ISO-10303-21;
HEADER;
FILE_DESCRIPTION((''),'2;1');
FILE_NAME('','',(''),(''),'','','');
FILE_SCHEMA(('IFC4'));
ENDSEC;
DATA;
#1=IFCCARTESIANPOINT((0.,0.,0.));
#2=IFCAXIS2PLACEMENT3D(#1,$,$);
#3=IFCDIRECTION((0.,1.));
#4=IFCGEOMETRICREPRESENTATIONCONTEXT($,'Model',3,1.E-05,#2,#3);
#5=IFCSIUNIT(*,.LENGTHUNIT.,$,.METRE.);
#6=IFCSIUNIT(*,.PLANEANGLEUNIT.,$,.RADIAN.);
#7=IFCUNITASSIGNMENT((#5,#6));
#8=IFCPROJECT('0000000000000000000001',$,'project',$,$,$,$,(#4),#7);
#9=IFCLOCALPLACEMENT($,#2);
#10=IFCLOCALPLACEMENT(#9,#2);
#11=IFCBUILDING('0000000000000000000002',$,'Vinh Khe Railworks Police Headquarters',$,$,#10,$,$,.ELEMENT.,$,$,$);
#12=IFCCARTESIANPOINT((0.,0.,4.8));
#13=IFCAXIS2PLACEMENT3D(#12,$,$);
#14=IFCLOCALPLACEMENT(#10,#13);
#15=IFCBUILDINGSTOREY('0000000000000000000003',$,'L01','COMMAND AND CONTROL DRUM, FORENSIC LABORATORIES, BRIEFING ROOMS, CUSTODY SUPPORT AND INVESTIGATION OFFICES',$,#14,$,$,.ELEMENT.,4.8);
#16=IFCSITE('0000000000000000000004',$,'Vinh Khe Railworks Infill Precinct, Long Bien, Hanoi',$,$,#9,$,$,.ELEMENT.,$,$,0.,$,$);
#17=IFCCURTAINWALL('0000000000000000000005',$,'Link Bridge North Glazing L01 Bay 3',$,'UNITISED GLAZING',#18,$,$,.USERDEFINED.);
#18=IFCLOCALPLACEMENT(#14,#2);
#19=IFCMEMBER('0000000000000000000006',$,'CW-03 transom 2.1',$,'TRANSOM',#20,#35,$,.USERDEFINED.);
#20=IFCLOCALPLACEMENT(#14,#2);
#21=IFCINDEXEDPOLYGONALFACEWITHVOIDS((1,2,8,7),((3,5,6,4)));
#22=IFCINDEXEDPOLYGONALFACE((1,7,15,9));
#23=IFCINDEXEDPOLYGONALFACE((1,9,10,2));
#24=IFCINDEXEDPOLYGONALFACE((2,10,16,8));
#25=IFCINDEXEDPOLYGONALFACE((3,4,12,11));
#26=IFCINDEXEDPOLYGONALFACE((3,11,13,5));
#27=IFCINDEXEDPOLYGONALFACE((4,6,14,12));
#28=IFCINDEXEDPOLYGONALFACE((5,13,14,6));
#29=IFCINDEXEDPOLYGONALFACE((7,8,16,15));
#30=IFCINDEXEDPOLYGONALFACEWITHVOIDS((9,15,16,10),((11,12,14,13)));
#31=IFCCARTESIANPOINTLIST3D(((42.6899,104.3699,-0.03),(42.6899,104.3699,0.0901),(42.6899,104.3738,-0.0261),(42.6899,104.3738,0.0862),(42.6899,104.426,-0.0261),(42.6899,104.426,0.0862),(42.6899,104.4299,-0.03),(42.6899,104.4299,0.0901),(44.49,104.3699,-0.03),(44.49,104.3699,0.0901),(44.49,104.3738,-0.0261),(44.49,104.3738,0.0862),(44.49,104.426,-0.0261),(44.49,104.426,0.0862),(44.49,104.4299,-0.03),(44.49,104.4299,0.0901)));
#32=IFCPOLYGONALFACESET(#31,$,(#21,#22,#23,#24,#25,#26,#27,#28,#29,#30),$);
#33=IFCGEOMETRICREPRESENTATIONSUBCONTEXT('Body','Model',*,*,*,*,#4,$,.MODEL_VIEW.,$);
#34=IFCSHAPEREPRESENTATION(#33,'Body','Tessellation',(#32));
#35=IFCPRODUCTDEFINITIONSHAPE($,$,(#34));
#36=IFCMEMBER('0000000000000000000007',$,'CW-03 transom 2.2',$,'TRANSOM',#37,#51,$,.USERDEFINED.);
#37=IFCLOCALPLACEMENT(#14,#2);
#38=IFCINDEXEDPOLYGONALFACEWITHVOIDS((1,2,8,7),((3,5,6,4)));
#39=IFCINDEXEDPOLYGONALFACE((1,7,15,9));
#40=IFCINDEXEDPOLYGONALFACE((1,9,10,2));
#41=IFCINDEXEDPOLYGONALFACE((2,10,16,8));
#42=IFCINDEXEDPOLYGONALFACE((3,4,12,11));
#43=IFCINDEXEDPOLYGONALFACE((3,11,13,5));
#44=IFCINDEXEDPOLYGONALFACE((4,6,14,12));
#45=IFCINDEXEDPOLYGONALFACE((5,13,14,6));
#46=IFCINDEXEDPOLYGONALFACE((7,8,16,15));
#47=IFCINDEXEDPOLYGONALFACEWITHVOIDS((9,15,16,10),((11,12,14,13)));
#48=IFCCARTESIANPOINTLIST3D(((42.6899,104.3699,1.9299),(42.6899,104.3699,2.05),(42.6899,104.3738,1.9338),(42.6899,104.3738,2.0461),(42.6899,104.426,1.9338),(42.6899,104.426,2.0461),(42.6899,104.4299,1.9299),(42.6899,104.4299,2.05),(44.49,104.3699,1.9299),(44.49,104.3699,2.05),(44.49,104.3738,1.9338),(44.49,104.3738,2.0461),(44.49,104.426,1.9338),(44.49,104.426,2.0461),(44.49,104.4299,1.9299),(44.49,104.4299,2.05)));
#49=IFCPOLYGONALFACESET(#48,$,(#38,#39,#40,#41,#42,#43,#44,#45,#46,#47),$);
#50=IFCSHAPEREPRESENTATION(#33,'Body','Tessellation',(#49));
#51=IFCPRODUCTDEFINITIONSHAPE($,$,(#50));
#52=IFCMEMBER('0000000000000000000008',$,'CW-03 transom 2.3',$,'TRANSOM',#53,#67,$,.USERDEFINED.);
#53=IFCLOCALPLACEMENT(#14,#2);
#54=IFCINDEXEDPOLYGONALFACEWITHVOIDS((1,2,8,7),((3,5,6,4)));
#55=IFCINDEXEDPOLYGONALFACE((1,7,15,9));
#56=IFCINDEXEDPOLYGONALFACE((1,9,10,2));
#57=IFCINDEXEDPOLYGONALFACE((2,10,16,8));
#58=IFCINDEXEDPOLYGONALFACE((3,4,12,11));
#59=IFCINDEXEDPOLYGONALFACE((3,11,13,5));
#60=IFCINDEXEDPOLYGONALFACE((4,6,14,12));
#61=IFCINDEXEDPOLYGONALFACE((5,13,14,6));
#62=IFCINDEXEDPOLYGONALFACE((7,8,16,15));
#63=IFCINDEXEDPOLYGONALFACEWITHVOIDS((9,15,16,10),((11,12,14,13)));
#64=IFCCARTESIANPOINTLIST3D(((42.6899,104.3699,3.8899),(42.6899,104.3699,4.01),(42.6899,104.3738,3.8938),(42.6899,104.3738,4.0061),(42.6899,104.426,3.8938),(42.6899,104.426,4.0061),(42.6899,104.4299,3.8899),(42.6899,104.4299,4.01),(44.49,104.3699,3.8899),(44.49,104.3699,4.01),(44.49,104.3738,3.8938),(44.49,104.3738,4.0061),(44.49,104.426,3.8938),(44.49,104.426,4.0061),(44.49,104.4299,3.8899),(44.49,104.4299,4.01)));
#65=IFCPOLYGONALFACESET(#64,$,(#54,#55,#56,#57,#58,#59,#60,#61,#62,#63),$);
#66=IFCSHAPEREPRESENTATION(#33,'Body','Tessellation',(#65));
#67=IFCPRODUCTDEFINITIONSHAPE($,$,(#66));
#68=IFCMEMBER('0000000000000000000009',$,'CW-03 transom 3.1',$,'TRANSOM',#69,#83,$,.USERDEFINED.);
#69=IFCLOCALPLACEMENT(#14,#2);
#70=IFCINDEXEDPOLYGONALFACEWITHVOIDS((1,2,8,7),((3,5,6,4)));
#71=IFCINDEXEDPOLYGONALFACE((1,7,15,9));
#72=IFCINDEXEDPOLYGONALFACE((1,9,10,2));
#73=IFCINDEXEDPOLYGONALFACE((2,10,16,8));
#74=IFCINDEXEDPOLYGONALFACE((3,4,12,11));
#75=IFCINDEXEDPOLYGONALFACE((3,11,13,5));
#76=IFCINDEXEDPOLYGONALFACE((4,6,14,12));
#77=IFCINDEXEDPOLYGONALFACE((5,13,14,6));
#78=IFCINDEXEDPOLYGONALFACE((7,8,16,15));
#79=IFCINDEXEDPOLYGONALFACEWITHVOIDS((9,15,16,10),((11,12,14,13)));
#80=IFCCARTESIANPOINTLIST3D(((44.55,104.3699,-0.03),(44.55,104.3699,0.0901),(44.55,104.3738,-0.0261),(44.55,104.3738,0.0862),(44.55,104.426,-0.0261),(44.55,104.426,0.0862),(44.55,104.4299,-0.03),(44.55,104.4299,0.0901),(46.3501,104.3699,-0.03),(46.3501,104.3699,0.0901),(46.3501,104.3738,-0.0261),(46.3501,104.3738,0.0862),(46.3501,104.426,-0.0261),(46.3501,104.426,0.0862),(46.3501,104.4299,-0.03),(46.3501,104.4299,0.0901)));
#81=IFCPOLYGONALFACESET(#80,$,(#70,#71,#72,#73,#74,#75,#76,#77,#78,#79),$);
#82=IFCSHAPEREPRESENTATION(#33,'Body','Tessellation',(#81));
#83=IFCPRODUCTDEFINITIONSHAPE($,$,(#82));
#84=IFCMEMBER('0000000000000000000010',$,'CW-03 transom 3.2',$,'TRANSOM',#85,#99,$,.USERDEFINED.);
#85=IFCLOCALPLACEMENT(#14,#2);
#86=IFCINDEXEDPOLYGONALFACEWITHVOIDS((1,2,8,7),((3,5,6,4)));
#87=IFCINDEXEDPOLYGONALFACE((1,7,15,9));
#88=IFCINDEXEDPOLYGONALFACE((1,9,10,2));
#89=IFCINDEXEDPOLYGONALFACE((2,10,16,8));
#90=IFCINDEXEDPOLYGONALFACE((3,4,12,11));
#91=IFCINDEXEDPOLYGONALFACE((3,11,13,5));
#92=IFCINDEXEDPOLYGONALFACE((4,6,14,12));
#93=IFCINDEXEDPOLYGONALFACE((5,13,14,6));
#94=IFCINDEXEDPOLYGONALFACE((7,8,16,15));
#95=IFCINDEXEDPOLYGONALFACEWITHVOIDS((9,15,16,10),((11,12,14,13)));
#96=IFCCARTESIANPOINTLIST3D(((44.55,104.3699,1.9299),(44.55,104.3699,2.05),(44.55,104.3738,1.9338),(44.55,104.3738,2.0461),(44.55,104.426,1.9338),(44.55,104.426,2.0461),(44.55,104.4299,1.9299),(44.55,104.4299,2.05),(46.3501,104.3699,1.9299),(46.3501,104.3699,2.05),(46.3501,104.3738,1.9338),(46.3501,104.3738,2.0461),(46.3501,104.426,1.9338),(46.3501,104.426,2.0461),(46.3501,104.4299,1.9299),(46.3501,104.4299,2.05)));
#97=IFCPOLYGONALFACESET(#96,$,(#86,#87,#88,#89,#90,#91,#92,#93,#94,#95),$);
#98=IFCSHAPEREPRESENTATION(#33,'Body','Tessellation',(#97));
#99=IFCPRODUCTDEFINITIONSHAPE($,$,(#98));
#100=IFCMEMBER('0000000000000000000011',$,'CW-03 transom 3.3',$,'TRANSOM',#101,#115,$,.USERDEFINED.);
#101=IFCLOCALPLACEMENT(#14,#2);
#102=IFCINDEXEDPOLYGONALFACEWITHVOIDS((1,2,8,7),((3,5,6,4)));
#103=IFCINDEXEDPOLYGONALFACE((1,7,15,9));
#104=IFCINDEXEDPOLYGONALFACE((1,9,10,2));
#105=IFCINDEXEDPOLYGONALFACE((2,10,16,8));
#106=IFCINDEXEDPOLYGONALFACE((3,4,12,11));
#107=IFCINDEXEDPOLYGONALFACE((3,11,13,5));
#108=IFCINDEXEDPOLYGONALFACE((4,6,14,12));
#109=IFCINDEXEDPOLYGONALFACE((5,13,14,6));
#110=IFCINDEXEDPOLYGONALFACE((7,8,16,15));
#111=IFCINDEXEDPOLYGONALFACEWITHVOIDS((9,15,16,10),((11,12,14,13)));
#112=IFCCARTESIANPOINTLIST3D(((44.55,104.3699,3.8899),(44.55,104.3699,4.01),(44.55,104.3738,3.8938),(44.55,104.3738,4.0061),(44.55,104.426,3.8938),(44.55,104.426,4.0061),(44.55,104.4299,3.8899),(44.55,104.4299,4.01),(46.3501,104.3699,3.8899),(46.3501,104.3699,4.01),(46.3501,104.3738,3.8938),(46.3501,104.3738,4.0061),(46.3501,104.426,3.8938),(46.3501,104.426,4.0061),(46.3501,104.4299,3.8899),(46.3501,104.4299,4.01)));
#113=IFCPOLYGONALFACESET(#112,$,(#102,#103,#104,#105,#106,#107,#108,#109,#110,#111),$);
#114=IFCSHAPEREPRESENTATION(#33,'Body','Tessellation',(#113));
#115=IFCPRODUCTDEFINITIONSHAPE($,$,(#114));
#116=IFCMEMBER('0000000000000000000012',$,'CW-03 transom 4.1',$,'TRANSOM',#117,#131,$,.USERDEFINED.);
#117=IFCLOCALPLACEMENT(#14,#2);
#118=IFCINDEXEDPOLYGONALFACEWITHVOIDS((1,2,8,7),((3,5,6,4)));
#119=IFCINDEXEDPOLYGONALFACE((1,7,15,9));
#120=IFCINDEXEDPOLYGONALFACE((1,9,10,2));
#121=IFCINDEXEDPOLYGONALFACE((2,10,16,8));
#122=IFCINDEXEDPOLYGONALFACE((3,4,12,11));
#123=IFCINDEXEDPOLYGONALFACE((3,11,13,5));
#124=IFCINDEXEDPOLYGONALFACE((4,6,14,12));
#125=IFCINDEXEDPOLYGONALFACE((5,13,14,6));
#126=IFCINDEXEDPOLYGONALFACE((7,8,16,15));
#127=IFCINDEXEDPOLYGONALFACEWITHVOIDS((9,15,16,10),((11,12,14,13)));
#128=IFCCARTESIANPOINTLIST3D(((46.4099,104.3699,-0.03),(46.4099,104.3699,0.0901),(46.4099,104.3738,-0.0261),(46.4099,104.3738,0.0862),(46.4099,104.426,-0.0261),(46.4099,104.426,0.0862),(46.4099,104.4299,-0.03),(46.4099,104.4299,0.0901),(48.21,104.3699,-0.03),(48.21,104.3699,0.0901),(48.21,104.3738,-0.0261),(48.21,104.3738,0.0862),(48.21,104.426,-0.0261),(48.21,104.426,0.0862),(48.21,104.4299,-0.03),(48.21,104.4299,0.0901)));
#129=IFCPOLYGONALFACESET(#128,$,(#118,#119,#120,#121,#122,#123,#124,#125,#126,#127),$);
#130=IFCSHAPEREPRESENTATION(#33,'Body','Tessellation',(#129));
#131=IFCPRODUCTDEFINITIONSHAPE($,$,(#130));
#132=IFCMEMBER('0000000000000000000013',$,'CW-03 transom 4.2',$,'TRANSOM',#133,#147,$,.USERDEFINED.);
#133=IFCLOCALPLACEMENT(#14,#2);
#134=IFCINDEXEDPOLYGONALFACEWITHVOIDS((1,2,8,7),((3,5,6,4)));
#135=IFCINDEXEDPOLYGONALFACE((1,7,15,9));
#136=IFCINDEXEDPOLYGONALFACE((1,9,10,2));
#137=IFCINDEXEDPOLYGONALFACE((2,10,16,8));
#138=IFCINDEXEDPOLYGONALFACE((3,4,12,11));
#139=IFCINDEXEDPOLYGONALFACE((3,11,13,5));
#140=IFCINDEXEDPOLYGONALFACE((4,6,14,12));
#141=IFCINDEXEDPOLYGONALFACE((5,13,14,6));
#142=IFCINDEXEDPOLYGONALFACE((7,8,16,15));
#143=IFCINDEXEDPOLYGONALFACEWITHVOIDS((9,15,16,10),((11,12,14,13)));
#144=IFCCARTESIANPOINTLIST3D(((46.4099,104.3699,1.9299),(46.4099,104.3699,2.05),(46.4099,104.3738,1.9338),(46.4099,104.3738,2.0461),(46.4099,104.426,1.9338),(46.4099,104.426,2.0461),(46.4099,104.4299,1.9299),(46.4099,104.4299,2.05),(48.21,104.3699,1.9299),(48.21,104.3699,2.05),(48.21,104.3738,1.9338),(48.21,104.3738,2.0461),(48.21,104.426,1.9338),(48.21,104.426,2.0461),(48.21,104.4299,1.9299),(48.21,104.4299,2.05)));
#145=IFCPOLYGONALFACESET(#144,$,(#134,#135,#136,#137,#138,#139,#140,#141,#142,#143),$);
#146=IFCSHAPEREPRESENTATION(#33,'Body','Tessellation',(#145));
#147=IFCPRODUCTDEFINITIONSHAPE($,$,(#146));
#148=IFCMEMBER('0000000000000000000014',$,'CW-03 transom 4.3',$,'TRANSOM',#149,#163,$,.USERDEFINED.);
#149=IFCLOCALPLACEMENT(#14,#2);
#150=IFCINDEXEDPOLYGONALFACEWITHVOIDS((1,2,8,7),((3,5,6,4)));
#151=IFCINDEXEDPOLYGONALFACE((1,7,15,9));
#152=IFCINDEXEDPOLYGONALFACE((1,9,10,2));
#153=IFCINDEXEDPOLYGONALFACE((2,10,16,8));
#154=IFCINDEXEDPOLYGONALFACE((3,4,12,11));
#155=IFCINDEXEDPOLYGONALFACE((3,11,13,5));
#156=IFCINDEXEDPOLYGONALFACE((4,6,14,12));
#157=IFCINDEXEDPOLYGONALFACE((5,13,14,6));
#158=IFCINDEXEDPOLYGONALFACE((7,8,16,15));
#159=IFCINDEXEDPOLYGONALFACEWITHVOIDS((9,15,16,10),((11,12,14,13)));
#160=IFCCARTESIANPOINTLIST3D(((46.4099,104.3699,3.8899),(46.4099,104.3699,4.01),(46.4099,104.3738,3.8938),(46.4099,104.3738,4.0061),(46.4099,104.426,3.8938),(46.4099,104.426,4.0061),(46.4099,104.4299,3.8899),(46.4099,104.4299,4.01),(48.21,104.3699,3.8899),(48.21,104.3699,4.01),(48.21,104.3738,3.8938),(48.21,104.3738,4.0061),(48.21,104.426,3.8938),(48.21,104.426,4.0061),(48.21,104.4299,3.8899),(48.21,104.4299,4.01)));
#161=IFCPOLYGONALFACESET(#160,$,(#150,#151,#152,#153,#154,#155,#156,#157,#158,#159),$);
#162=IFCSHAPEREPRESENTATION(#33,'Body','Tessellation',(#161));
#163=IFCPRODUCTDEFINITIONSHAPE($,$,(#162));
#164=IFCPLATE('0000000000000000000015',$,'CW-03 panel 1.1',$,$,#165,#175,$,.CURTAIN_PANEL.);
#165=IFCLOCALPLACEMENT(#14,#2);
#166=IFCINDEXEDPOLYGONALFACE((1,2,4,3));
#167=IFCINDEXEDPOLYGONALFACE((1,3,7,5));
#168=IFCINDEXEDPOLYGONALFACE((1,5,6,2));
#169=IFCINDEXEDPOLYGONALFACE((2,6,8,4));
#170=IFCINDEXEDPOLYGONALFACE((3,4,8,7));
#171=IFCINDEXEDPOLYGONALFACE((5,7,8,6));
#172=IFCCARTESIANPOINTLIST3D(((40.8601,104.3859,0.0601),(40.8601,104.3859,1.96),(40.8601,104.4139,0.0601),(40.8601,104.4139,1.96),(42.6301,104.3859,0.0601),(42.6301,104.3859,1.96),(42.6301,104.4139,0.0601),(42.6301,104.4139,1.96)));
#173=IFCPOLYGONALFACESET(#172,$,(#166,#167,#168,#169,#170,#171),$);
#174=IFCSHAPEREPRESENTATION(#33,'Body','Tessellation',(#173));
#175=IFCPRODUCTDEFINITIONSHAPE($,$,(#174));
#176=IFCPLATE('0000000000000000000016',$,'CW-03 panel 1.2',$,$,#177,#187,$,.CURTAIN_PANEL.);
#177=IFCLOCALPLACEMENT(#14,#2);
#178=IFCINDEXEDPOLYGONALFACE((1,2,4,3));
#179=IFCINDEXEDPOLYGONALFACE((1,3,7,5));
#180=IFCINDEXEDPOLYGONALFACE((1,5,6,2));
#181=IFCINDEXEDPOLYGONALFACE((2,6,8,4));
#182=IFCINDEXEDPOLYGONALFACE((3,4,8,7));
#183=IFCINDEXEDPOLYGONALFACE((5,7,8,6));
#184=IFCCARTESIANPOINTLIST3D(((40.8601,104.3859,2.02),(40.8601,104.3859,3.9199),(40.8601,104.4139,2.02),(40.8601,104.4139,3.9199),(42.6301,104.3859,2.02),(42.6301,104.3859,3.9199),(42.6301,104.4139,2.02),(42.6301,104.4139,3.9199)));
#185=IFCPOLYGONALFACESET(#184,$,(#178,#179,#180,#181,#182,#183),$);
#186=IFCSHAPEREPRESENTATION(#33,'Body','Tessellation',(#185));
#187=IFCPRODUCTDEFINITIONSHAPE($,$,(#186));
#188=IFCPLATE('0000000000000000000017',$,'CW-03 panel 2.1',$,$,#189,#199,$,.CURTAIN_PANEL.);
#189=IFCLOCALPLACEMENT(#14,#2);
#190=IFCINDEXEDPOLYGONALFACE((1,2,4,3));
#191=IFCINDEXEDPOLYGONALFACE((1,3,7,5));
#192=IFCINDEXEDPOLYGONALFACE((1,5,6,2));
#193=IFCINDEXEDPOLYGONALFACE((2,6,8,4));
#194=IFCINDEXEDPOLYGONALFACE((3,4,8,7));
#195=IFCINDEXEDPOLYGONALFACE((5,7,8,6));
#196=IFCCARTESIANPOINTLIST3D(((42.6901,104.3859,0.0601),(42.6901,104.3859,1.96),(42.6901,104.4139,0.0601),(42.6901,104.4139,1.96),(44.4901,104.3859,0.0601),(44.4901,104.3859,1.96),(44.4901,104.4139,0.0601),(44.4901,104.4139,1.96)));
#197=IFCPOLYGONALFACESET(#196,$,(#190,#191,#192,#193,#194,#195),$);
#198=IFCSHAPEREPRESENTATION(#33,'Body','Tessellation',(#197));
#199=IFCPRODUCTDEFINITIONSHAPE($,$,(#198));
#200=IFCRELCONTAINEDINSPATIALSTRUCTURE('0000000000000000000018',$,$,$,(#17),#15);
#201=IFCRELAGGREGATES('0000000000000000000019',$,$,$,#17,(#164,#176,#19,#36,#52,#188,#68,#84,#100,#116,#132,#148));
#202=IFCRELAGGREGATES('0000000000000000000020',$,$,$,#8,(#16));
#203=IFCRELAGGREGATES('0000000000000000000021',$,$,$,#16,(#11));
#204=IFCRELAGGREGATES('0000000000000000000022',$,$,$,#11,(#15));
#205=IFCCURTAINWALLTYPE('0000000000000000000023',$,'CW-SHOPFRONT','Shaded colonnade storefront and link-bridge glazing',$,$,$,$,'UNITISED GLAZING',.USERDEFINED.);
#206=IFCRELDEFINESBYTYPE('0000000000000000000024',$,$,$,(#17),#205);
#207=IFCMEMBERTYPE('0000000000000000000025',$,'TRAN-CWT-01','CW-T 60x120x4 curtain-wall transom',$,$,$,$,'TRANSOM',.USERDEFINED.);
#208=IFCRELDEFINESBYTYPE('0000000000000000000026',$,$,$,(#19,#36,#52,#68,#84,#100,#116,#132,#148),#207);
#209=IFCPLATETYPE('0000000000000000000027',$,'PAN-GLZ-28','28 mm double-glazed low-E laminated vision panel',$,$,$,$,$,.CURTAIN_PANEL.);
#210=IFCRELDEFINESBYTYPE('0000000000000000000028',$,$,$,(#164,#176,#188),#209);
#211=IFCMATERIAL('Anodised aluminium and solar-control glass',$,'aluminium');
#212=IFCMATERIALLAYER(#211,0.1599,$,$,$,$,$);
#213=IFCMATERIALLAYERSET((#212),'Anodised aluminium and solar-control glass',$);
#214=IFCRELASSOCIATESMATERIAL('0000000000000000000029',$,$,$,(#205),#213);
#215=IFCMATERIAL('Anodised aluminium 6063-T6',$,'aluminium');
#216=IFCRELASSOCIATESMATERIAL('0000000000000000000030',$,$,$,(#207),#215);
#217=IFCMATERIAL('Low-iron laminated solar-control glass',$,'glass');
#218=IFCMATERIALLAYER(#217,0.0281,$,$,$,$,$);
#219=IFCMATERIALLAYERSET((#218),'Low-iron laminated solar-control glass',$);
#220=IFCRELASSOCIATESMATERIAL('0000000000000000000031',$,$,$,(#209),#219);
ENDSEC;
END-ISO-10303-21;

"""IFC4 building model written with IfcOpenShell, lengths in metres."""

from ifc_helpers import new_model, si_unit, direction, frame, origin, origin_2d, place, context, subcontext, project, spatial, rectangle, hollow_rectangle, extrude, material, layer, layer_set, material_profile, profile_set, type_object, element, aggregate, save


model = new_model("IFC4")

# Units and contexts
model_context = context("Model", 3, precision=1e-05, world=origin(), true_north=direction((0.0, 1.0)))
body_context = subcontext(model_context, "Body", "Model", "MODEL_VIEW")
ifc_project = project(units=[si_unit("LENGTHUNIT", "METRE"), si_unit("PLANEANGLEUNIT", "RADIAN")], contexts=[model_context])

# Site, building, storey
site_placement = place(None, origin())
site = spatial("IfcSite", under=ifc_project, at=site_placement, Name="Vinh Khe Railworks Infill Precinct, Long Bien, Hanoi", CompositionType="ELEMENT", RefElevation=0.0)
building_placement = place(site_placement, origin())
building = spatial("IfcBuilding", under=site, at=building_placement, Name="Vinh Khe Railworks Police Headquarters", CompositionType="ELEMENT")
storey_placement = place(building_placement, frame((0.0, 0.0, 4.8)))
storey = spatial("IfcBuildingStorey", under=building, at=storey_placement, Name="L01", Description="COMMAND AND CONTROL DRUM, FORENSIC LABORATORIES, BRIEFING ROOMS, CUSTODY SUPPORT AND INVESTIGATION OFFICES", CompositionType="ELEMENT", Elevation=4.8)

# Curtain wall
ifc_material_1 = material(Name="Anodised aluminium and solar-control glass", Category="aluminium")
ifc_layer_1 = layer(ifc_material_1, 0.1599)
ifc_layer_set_1 = layer_set([ifc_layer_1], Name="Anodised aluminium and solar-control glass")
curtain_wall_type = type_object("IfcCurtainWallType", Name="CW-SHOPFRONT", Description="Shaded colonnade storefront and link-bridge glazing", ElementType="UNITISED GLAZING", PredefinedType="USERDEFINED", material=ifc_layer_set_1)
curtain_wall_placement = place(storey_placement, origin())
curtain_wall = element("IfcCurtainWall", 1, at=curtain_wall_placement, inside=storey, type_object=curtain_wall_type, Name="Link Bridge North Glazing L01 Bay 3", ObjectType="UNITISED GLAZING", PredefinedType="USERDEFINED")
ifc_material_2 = material(Name="Anodised aluminium 6063-T6", Category="aluminium")

# Members
ifc_material_profile_1 = material_profile(ifc_material_2, hollow_rectangle(XDim=0.0601, YDim=0.1201, WallThickness=0.0039, at=origin_2d()), Name="CW-T 60x120x4")
ifc_profile_set_1 = profile_set([ifc_material_profile_1], Name="Anodised aluminium 6063-T6")
member_type_1 = type_object("IfcMemberType", Name="TRAN-CWT-01", Description="CW-T 60x120x4 curtain-wall transom", ElementType="TRANSOM", PredefinedType="USERDEFINED", material=ifc_profile_set_1)
member_1_placement = place(storey_placement, frame((42.6899, 104.3999, 0.03), z_axis=(1.0, 0.0, 0.0), x_axis=(0.0, 1.0, 0.0)))
member_1 = element("IfcMember", 2, at=member_1_placement, type_object=member_type_1, Name="CW-03 transom 2.1", ObjectType="TRANSOM", PredefinedType="USERDEFINED", context=body_context, shape_type="SweptSolid", body=[
    extrude(hollow_rectangle(XDim=0.0601, YDim=0.1201, WallThickness=0.0039, at=origin_2d()), origin(), (0.0, 0.0, 1.0), 1.8),
])
member_2_placement = place(storey_placement, frame((42.6899, 104.3999, 1.99), z_axis=(1.0, 0.0, 0.0), x_axis=(0.0, 1.0, 0.0)))
member_2 = element("IfcMember", 3, at=member_2_placement, type_object=member_type_1, Name="CW-03 transom 2.2", ObjectType="TRANSOM", PredefinedType="USERDEFINED", context=body_context, shape_type="SweptSolid", body=[
    extrude(hollow_rectangle(XDim=0.0601, YDim=0.1201, WallThickness=0.0039, at=origin_2d()), origin(), (0.0, 0.0, 1.0), 1.8),
])
member_3_placement = place(storey_placement, frame((42.6899, 104.3999, 3.95), z_axis=(1.0, 0.0, 0.0), x_axis=(0.0, 1.0, 0.0)))
member_3 = element("IfcMember", 4, at=member_3_placement, type_object=member_type_1, Name="CW-03 transom 2.3", ObjectType="TRANSOM", PredefinedType="USERDEFINED", context=body_context, shape_type="SweptSolid", body=[
    extrude(hollow_rectangle(XDim=0.0601, YDim=0.1201, WallThickness=0.0039, at=origin_2d()), origin(), (0.0, 0.0, 1.0), 1.8),
])
member_4_placement = place(storey_placement, frame((44.55, 104.3999, 0.03), z_axis=(1.0, 0.0, 0.0), x_axis=(0.0, 1.0, 0.0)))
member_4 = element("IfcMember", 5, at=member_4_placement, type_object=member_type_1, Name="CW-03 transom 3.1", ObjectType="TRANSOM", PredefinedType="USERDEFINED", context=body_context, shape_type="SweptSolid", body=[
    extrude(hollow_rectangle(XDim=0.0601, YDim=0.1201, WallThickness=0.0039, at=origin_2d()), origin(), (0.0, 0.0, 1.0), 1.8),
])
member_5_placement = place(storey_placement, frame((44.55, 104.3999, 1.99), z_axis=(1.0, 0.0, 0.0), x_axis=(0.0, 1.0, 0.0)))
member_5 = element("IfcMember", 6, at=member_5_placement, type_object=member_type_1, Name="CW-03 transom 3.2", ObjectType="TRANSOM", PredefinedType="USERDEFINED", context=body_context, shape_type="SweptSolid", body=[
    extrude(hollow_rectangle(XDim=0.0601, YDim=0.1201, WallThickness=0.0039, at=origin_2d()), origin(), (0.0, 0.0, 1.0), 1.8),
])
member_6_placement = place(storey_placement, frame((44.55, 104.3999, 3.95), z_axis=(1.0, 0.0, 0.0), x_axis=(0.0, 1.0, 0.0)))
member_6 = element("IfcMember", 7, at=member_6_placement, type_object=member_type_1, Name="CW-03 transom 3.3", ObjectType="TRANSOM", PredefinedType="USERDEFINED", context=body_context, shape_type="SweptSolid", body=[
    extrude(hollow_rectangle(XDim=0.0601, YDim=0.1201, WallThickness=0.0039, at=origin_2d()), origin(), (0.0, 0.0, 1.0), 1.8),
])
member_7_placement = place(storey_placement, frame((46.4099, 104.3999, 0.03), z_axis=(1.0, 0.0, 0.0), x_axis=(0.0, 1.0, 0.0)))
member_7 = element("IfcMember", 8, at=member_7_placement, type_object=member_type_1, Name="CW-03 transom 4.1", ObjectType="TRANSOM", PredefinedType="USERDEFINED", context=body_context, shape_type="SweptSolid", body=[
    extrude(hollow_rectangle(XDim=0.0601, YDim=0.1201, WallThickness=0.0039, at=origin_2d()), origin(), (0.0, 0.0, 1.0), 1.8),
])
member_8_placement = place(storey_placement, frame((46.4099, 104.3999, 1.99), z_axis=(1.0, 0.0, 0.0), x_axis=(0.0, 1.0, 0.0)))
member_8 = element("IfcMember", 9, at=member_8_placement, type_object=member_type_1, Name="CW-03 transom 4.2", ObjectType="TRANSOM", PredefinedType="USERDEFINED", context=body_context, shape_type="SweptSolid", body=[
    extrude(hollow_rectangle(XDim=0.0601, YDim=0.1201, WallThickness=0.0039, at=origin_2d()), origin(), (0.0, 0.0, 1.0), 1.8),
])
member_9_placement = place(storey_placement, frame((46.4099, 104.3999, 3.95), z_axis=(1.0, 0.0, 0.0), x_axis=(0.0, 1.0, 0.0)))
member_9 = element("IfcMember", 10, at=member_9_placement, type_object=member_type_1, Name="CW-03 transom 4.3", ObjectType="TRANSOM", PredefinedType="USERDEFINED", context=body_context, shape_type="SweptSolid", body=[
    extrude(hollow_rectangle(XDim=0.0601, YDim=0.1201, WallThickness=0.0039, at=origin_2d()), origin(), (0.0, 0.0, 1.0), 1.8),
])

# Plates
ifc_material_3 = material(Name="Low-iron laminated solar-control glass", Category="glass")
ifc_layer_2 = layer(ifc_material_3, 0.0281)
ifc_layer_set_2 = layer_set([ifc_layer_2], Name="Low-iron laminated solar-control glass")
plate_type = type_object("IfcPlateType", Name="PAN-GLZ-28", Description="28 mm double-glazed low-E laminated vision panel", PredefinedType="CURTAIN_PANEL", material=ifc_layer_set_2)
plate_1_placement = place(storey_placement, frame((41.7451, 104.3999, 0.0601), z_axis=(0.0, 0.0, 1.0), x_axis=(1.0, 0.0, 0.0)))
plate_1 = element("IfcPlate", 11, at=plate_1_placement, type_object=plate_type, Name="CW-03 panel 1.1", PredefinedType="CURTAIN_PANEL", context=body_context, shape_type="SweptSolid", body=[
    extrude(rectangle(XDim=1.77, YDim=0.0281, at=origin_2d()), origin(), (0.0, 0.0, 1.0), 1.8999),
])
plate_2_placement = place(storey_placement, frame((41.7451, 104.3999, 2.02), z_axis=(0.0, 0.0, 1.0), x_axis=(1.0, 0.0, 0.0)))
plate_2 = element("IfcPlate", 12, at=plate_2_placement, type_object=plate_type, Name="CW-03 panel 1.2", PredefinedType="CURTAIN_PANEL", context=body_context, shape_type="SweptSolid", body=[
    extrude(rectangle(XDim=1.77, YDim=0.0281, at=origin_2d()), origin(), (0.0, 0.0, 1.0), 1.8999),
])
plate_3_placement = place(storey_placement, frame((43.5901, 104.3999, 0.0601), z_axis=(0.0, 0.0, 1.0), x_axis=(1.0, 0.0, 0.0)))
plate_3 = element("IfcPlate", 13, at=plate_3_placement, type_object=plate_type, Name="CW-03 panel 2.1", PredefinedType="CURTAIN_PANEL", context=body_context, shape_type="SweptSolid", body=[
    extrude(rectangle(XDim=1.8, YDim=0.0281, at=origin_2d()), origin(), (0.0, 0.0, 1.0), 1.8999),
])
aggregate(curtain_wall, [plate_1, plate_2, member_1, member_2, member_3, plate_3, member_4, member_5, member_6, member_7, member_8, member_9])

save(model, "model.ifc")
